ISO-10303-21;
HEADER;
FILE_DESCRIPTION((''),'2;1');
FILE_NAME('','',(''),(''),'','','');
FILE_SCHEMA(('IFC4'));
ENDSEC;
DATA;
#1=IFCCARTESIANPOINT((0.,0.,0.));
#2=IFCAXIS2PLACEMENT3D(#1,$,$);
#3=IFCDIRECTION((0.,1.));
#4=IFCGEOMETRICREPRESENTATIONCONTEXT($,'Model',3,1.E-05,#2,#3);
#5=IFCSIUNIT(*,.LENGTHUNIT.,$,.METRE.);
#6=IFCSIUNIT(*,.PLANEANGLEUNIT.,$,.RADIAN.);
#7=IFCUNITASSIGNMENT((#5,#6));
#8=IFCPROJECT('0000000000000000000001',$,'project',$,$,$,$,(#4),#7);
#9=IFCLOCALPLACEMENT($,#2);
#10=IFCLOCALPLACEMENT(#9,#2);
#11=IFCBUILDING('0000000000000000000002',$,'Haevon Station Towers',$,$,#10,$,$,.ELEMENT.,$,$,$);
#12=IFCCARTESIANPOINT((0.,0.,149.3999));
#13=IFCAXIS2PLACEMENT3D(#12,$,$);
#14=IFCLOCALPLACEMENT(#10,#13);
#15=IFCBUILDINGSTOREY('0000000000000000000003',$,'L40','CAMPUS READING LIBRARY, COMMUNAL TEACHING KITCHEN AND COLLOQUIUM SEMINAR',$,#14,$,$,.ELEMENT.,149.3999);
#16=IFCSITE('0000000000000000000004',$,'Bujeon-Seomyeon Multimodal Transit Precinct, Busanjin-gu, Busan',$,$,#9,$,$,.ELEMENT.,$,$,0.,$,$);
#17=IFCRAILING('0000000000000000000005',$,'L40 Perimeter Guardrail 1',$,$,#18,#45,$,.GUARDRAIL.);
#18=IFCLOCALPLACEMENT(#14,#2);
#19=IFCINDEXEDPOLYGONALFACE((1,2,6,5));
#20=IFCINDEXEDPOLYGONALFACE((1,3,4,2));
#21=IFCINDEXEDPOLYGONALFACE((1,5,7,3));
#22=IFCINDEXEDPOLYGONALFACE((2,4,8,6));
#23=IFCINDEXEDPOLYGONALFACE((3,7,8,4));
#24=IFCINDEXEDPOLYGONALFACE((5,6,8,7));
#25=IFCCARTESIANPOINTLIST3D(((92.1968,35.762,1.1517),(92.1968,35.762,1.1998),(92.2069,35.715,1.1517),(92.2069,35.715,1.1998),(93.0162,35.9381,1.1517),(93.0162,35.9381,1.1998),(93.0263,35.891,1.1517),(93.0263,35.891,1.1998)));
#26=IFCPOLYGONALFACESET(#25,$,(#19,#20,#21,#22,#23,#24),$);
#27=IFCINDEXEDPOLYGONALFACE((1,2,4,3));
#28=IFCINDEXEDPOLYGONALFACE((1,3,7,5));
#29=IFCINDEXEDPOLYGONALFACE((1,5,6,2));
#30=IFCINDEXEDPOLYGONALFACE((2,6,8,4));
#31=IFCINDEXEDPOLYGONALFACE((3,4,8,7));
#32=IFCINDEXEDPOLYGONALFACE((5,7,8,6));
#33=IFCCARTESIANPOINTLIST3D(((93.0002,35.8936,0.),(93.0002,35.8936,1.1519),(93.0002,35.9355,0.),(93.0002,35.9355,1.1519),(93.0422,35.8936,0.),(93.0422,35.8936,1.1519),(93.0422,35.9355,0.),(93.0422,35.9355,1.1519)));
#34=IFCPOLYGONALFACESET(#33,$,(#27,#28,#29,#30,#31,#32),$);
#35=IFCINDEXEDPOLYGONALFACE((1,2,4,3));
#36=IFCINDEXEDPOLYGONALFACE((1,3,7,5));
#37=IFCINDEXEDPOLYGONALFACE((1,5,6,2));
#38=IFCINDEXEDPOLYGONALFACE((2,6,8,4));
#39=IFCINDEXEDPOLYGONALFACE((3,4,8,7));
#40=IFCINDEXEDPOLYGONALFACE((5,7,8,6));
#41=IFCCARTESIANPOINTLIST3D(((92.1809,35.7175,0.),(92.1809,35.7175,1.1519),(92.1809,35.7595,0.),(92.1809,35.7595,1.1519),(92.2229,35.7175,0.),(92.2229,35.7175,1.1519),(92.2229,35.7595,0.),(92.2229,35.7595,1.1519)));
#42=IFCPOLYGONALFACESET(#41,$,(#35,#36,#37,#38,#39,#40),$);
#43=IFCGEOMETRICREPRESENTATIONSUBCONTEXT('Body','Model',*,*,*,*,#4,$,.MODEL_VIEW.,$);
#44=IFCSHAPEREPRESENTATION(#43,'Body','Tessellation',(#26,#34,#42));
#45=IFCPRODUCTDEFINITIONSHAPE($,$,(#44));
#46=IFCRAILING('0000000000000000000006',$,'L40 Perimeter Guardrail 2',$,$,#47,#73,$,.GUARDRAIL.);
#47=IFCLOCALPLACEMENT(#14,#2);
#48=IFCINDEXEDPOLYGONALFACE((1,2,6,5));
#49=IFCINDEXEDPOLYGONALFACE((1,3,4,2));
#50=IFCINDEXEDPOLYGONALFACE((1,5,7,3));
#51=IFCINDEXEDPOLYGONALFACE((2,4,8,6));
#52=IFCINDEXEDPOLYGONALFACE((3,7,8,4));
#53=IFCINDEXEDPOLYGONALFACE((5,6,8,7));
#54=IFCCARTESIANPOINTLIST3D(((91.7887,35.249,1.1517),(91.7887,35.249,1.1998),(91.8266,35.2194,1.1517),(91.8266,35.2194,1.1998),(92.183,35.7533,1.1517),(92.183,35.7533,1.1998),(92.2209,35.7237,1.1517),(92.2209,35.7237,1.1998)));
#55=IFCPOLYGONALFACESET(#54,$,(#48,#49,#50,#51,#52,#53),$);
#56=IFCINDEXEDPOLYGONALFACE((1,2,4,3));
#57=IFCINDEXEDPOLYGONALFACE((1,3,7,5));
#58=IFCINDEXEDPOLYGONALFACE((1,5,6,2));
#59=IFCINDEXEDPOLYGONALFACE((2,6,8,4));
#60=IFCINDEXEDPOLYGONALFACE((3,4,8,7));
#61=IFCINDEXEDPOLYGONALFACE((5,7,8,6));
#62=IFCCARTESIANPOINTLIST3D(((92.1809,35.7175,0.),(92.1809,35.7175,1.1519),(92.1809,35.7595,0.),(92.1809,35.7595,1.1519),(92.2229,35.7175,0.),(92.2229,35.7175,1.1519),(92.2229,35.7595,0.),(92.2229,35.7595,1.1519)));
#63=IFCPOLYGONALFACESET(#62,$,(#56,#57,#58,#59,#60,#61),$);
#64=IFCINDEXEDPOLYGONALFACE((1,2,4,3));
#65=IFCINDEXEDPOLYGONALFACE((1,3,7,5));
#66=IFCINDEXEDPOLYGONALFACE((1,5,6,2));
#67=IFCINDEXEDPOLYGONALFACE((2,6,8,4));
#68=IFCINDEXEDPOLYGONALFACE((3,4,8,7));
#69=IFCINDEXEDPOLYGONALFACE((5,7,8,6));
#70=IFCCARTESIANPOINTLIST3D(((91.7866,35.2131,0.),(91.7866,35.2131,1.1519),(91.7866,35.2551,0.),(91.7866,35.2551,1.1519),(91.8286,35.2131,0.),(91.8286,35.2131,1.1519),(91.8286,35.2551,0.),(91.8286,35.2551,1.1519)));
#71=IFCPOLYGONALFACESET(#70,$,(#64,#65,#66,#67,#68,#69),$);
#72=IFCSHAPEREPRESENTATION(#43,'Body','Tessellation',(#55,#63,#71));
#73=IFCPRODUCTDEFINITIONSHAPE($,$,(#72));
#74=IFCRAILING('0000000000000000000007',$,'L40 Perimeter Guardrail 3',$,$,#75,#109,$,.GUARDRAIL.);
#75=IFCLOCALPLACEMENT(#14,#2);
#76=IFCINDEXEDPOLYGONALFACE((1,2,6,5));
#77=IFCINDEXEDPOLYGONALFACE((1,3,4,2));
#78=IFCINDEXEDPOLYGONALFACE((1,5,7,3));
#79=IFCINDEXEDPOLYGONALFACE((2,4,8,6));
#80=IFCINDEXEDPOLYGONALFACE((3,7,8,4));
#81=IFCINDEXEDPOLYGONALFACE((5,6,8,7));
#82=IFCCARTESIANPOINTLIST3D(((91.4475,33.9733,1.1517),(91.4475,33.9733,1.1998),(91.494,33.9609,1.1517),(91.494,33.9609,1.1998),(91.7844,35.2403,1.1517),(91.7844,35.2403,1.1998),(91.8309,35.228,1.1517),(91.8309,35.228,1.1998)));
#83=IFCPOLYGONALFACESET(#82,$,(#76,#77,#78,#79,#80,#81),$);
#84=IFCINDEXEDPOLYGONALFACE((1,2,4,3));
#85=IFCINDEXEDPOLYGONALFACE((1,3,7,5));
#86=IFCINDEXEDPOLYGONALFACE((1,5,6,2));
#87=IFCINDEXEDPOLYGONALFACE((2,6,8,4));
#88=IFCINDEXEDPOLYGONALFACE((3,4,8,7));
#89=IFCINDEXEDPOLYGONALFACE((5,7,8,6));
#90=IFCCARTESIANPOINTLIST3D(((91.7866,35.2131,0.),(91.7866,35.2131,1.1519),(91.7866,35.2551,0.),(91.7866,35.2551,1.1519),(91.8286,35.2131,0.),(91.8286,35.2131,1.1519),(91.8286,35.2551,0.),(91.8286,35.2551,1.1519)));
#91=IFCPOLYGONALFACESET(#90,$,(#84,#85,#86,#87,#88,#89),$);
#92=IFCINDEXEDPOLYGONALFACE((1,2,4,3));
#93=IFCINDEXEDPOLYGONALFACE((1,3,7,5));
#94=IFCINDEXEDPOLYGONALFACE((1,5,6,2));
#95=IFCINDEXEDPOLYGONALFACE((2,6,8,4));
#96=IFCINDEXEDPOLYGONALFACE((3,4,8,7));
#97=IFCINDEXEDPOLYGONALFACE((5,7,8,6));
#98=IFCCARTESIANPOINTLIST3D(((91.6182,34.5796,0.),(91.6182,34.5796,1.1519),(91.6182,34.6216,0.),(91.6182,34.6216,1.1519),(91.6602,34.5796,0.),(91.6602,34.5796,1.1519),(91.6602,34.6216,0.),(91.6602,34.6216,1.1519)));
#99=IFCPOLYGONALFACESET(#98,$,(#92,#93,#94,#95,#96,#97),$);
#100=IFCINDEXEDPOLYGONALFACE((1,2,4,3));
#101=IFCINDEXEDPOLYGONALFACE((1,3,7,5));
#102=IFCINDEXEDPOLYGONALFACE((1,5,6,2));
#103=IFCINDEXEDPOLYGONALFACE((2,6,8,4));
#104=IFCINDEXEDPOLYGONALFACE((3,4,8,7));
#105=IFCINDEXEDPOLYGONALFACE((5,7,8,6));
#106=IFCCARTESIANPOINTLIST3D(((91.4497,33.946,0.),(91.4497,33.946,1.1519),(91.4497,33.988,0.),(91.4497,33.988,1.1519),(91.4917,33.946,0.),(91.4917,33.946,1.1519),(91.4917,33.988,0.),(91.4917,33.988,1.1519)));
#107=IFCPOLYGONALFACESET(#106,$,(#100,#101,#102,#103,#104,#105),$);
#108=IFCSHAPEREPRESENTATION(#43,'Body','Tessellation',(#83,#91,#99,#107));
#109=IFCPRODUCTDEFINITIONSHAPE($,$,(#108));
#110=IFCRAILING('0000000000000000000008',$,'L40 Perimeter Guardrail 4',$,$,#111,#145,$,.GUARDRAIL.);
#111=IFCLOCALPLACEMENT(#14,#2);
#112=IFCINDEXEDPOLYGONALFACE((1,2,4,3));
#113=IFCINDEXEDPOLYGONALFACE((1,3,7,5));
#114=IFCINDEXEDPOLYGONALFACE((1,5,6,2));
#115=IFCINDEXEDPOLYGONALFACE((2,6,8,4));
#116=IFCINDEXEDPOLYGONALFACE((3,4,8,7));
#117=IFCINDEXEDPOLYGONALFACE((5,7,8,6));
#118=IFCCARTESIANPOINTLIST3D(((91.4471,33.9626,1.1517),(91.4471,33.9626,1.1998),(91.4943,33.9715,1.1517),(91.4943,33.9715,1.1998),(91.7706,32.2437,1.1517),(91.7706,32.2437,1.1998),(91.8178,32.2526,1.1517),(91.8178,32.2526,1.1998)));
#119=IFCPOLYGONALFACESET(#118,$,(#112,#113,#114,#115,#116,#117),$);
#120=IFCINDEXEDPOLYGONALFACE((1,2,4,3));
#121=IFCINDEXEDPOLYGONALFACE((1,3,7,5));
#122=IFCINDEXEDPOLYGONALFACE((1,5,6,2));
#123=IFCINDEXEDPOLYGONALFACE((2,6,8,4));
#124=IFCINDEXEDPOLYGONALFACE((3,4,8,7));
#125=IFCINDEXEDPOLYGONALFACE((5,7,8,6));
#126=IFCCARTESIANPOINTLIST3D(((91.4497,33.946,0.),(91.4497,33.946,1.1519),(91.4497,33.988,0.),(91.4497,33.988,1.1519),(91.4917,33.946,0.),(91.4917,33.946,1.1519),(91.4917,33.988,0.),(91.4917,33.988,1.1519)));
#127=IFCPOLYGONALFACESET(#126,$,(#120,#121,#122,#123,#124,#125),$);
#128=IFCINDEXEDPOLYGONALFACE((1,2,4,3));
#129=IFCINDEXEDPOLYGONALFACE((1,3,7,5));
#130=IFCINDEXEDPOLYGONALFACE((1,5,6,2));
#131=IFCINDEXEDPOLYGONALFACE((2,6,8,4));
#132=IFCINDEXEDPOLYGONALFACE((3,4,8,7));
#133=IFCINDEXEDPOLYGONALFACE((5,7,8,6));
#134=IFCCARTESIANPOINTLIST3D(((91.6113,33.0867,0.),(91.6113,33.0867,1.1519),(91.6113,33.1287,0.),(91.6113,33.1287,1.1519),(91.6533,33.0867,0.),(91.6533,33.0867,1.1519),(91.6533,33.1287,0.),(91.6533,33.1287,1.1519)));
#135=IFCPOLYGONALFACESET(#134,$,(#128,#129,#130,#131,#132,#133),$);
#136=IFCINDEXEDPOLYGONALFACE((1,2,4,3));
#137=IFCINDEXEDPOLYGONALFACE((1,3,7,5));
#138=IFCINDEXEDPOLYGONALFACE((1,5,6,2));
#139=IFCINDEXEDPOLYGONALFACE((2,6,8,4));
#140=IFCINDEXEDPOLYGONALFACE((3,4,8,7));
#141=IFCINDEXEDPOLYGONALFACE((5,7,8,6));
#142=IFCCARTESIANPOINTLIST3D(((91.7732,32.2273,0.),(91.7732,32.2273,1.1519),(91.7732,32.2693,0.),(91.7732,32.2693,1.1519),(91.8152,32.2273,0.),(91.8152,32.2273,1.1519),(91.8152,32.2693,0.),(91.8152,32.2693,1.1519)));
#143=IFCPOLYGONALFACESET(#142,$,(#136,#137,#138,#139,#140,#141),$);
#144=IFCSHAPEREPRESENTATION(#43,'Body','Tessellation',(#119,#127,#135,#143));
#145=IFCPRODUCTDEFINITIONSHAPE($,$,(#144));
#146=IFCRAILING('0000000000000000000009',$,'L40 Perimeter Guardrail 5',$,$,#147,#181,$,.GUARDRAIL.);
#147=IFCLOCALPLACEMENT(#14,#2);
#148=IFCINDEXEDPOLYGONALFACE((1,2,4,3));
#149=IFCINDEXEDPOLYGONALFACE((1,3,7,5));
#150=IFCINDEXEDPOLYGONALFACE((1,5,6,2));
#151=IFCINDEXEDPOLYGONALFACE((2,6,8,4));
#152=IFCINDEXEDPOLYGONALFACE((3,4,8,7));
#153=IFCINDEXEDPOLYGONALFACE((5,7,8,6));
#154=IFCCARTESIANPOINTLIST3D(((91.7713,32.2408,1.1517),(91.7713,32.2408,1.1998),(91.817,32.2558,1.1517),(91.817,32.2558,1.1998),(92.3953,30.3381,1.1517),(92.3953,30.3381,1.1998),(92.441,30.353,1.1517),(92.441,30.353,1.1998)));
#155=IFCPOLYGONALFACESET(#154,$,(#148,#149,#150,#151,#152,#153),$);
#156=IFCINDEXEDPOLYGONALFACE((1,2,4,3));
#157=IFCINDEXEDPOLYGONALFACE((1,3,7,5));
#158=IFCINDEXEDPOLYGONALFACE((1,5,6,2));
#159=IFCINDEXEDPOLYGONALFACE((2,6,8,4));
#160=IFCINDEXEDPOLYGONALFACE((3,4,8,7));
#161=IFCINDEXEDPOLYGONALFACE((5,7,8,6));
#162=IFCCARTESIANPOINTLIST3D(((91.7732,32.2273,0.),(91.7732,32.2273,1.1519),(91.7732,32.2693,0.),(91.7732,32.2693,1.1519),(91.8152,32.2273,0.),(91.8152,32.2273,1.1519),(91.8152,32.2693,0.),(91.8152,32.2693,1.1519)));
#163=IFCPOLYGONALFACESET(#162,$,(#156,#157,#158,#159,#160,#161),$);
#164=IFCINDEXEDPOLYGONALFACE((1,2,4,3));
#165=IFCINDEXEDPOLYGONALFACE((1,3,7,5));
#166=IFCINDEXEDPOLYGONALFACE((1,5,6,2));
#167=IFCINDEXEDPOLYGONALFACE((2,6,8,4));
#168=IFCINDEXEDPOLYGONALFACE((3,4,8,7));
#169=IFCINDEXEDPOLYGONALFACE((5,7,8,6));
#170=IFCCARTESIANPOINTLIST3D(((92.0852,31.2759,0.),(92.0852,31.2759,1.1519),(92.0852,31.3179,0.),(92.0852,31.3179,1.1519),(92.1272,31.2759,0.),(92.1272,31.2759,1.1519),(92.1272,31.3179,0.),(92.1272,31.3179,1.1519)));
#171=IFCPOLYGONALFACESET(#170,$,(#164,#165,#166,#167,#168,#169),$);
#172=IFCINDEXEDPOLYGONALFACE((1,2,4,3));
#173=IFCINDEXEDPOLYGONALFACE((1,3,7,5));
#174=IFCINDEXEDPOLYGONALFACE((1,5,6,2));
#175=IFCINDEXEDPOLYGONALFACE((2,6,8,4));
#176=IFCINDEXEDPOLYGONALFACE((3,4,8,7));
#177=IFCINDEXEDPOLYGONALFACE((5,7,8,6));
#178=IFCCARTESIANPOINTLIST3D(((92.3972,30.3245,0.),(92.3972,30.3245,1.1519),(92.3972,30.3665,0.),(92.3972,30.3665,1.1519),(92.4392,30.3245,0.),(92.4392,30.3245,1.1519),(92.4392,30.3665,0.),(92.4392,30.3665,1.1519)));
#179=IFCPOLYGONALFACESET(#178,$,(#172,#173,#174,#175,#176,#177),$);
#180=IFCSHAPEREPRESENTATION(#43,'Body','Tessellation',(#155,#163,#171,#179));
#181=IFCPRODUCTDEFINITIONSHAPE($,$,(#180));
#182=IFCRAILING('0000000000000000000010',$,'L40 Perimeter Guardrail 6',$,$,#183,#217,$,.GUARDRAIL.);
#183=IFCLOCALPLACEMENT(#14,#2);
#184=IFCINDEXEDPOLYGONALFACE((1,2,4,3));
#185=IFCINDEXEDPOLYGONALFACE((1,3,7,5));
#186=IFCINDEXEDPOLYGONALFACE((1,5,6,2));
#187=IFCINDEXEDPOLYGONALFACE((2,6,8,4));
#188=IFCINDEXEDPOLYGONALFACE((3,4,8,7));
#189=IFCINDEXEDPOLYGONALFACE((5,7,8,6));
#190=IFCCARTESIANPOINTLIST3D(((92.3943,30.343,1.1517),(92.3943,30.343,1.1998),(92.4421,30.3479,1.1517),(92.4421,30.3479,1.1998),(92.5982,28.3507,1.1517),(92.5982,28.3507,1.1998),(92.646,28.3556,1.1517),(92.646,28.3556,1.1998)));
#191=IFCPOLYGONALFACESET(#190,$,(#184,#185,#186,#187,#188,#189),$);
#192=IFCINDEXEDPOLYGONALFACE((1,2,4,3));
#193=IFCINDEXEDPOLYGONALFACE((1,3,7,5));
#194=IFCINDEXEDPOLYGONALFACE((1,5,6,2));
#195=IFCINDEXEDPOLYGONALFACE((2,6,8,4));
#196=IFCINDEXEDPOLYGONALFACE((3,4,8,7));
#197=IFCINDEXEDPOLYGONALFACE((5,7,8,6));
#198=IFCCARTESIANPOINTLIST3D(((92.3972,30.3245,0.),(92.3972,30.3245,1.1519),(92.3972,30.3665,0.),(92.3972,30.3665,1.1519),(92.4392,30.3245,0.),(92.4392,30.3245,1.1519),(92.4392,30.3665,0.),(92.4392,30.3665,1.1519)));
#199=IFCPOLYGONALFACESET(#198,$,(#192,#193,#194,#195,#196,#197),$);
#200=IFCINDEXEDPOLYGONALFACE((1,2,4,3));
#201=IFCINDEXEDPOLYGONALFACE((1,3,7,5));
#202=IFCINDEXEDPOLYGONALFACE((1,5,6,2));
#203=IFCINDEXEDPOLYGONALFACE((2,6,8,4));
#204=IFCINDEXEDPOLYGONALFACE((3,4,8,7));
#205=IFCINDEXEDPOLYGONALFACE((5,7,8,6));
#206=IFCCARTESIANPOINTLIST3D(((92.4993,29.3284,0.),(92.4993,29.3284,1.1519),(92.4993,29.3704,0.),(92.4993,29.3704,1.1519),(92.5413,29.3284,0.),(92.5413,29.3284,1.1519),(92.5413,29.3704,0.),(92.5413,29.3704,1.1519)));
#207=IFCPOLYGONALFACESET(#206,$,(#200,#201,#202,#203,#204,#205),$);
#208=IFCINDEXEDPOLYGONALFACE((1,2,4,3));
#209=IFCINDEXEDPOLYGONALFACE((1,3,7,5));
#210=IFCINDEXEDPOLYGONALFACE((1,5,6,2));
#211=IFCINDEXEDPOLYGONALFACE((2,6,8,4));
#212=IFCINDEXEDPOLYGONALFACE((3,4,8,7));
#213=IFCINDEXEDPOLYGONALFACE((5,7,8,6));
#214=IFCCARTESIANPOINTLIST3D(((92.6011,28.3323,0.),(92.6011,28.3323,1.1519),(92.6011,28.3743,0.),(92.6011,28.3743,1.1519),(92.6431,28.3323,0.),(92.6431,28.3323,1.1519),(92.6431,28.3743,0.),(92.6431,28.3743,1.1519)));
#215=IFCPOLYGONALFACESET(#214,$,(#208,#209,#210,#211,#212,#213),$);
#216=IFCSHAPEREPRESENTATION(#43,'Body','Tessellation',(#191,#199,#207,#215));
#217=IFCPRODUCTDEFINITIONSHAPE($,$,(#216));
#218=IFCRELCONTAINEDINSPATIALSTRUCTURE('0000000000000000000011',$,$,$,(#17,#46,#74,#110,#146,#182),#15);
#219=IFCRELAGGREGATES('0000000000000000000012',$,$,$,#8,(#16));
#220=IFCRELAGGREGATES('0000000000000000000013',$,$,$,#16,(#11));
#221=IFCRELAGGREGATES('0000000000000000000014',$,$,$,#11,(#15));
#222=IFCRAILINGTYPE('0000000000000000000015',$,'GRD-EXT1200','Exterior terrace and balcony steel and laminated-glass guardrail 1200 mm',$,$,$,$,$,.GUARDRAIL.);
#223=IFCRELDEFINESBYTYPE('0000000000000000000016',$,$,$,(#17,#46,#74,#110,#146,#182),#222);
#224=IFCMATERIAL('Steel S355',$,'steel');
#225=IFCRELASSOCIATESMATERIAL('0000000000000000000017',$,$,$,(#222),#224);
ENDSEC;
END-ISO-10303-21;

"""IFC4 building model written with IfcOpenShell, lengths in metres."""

from ifc_helpers import new_model, si_unit, direction, frame, origin, origin_2d, place, context, subcontext, project, spatial, rectangle, extrude, material, type_object, element, save


model = new_model("IFC4")

# Units and contexts
model_context = context("Model", 3, precision=1e-05, world=origin(), true_north=direction((0.0, 1.0)))
body_context = subcontext(model_context, "Body", "Model", "MODEL_VIEW")
ifc_project = project(units=[si_unit("LENGTHUNIT", "METRE"), si_unit("PLANEANGLEUNIT", "RADIAN")], contexts=[model_context])

# Site, building, storey
site_placement = place(None, origin())
site = spatial("IfcSite", under=ifc_project, at=site_placement, Name="Bujeon-Seomyeon Multimodal Transit Precinct, Busanjin-gu, Busan", CompositionType="ELEMENT", RefElevation=0.0)
building_placement = place(site_placement, origin())
building = spatial("IfcBuilding", under=site, at=building_placement, Name="Haevon Station Towers", CompositionType="ELEMENT")
storey_placement = place(building_placement, frame((0.0, 0.0, 149.3999)))
storey = spatial("IfcBuildingStorey", under=building, at=storey_placement, Name="L40", Description="CAMPUS READING LIBRARY, COMMUNAL TEACHING KITCHEN AND COLLOQUIUM SEMINAR", CompositionType="ELEMENT", Elevation=149.3999)

# Shared definitions
ifc_material_1 = material(Name="Steel S355", Category="steel")

# Railings
railing_type = type_object("IfcRailingType", Name="GRD-EXT1200", Description="Exterior terrace and balcony steel and laminated-glass guardrail 1200 mm", PredefinedType="GUARDRAIL", material=ifc_material_1)
railing_1_placement = place(storey_placement, frame((93.0212, 35.9146, 0.0)))
element("IfcRailing", 1, at=railing_1_placement, inside=storey, type_object=railing_type, Name="L40 Perimeter Guardrail 1", PredefinedType="GUARDRAIL", context=body_context, shape_type="SweptSolid", body=[
    extrude(rectangle(XDim=0.0481, YDim=0.0481, at=origin_2d()), frame((0.0, 0.0, 1.1758), z_axis=(-0.977691, -0.210046, 0.0), x_axis=(0.210046, -0.977691, 0.0)), (0.0, 0.0, 1.0), 0.8381),
    extrude(rectangle(XDim=0.042, YDim=0.042, at=origin_2d()), origin(), (0.0, 0.0, 1.0), 1.1519),
    extrude(rectangle(XDim=0.042, YDim=0.042, at=origin_2d()), frame((-0.8193, -0.176, 0.0)), (0.0, 0.0, 1.0), 1.1519),
])
railing_2_placement = place(storey_placement, frame((92.2019, 35.7385, 0.0)))
element("IfcRailing", 2, at=railing_2_placement, inside=storey, type_object=railing_type, Name="L40 Perimeter Guardrail 2", PredefinedType="GUARDRAIL", context=body_context, shape_type="SweptSolid", body=[
    extrude(rectangle(XDim=0.0481, YDim=0.0481, at=origin_2d()), frame((0.0, 0.0, 1.1758), z_axis=(-0.615866, -0.787851, 0.0), x_axis=(0.787851, -0.615866, 0.0)), (0.0, 0.0, 1.0), 0.6401),
    extrude(rectangle(XDim=0.042, YDim=0.042, at=origin_2d()), origin(), (0.0, 0.0, 1.0), 1.1519),
    extrude(rectangle(XDim=0.042, YDim=0.042, at=origin_2d()), frame((-0.3943, -0.5044, 0.0)), (0.0, 0.0, 1.0), 1.1519),
])
railing_3_placement = place(storey_placement, frame((91.8076, 35.2341, 0.0)))
element("IfcRailing", 3, at=railing_3_placement, inside=storey, type_object=railing_type, Name="L40 Perimeter Guardrail 3", PredefinedType="GUARDRAIL", context=body_context, shape_type="SweptSolid", body=[
    extrude(rectangle(XDim=0.0481, YDim=0.0481, at=origin_2d()), frame((0.0, 0.0, 1.1758), z_axis=(-0.256967, -0.96642, 0.0), x_axis=(0.96642, -0.256967, 0.0)), (0.0, 0.0, 1.0), 1.311),
    extrude(rectangle(XDim=0.042, YDim=0.042, at=origin_2d()), origin(), (0.0, 0.0, 1.0), 1.1519),
    extrude(rectangle(XDim=0.042, YDim=0.042, at=origin_2d()), frame((-0.1685, -0.6335, 0.0)), (0.0, 0.0, 1.0), 1.1519),
    extrude(rectangle(XDim=0.042, YDim=0.042, at=origin_2d()), frame((-0.3369, -1.2671, 0.0)), (0.0, 0.0, 1.0), 1.1519),
])
railing_4_placement = place(storey_placement, frame((91.4707, 33.967, 0.0)))
element("IfcRailing", 4, at=railing_4_placement, inside=storey, type_object=railing_type, Name="L40 Perimeter Guardrail 4", PredefinedType="GUARDRAIL", context=body_context, shape_type="SweptSolid", body=[
    extrude(rectangle(XDim=0.0481, YDim=0.0481, at=origin_2d()), frame((0.0, 0.0, 1.1758), z_axis=(0.184963, -0.982746, 0.0), x_axis=(0.982746, 0.184963, 0.0)), (0.0, 0.0, 1.0), 1.749),
    extrude(rectangle(XDim=0.042, YDim=0.042, at=origin_2d()), origin(), (0.0, 0.0, 1.0), 1.1519),
    extrude(rectangle(XDim=0.042, YDim=0.042, at=origin_2d()), frame((0.1616, -0.8594, 0.0)), (0.0, 0.0, 1.0), 1.1519),
    extrude(rectangle(XDim=0.042, YDim=0.042, at=origin_2d()), frame((0.3235, -1.7188, 0.0)), (0.0, 0.0, 1.0), 1.1519),
])
railing_5_placement = place(storey_placement, frame((91.7942, 32.2483, 0.0)))
element("IfcRailing", 5, at=railing_5_placement, inside=storey, type_object=railing_type, Name="L40 Perimeter Guardrail 5", PredefinedType="GUARDRAIL", context=body_context, shape_type="SweptSolid", body=[
    extrude(rectangle(XDim=0.0481, YDim=0.0481, at=origin_2d()), frame((0.0, 0.0, 1.1758), z_axis=(0.311616, -0.950208, 0.0), x_axis=(0.950208, 0.311616, 0.0)), (0.0, 0.0, 1.0), 2.0024),
    extrude(rectangle(XDim=0.042, YDim=0.042, at=origin_2d()), origin(), (0.0, 0.0, 1.0), 1.1519),
    extrude(rectangle(XDim=0.042, YDim=0.042, at=origin_2d()), frame((0.312, -0.9514, 0.0)), (0.0, 0.0, 1.0), 1.1519),
    extrude(rectangle(XDim=0.042, YDim=0.042, at=origin_2d()), frame((0.624, -1.9028, 0.0)), (0.0, 0.0, 1.0), 1.1519),
])
railing_6_placement = place(storey_placement, frame((92.4182, 30.3455, 0.0)))
element("IfcRailing", 6, at=railing_6_placement, inside=storey, type_object=railing_type, Name="L40 Perimeter Guardrail 6", PredefinedType="GUARDRAIL", context=body_context, shape_type="SweptSolid", body=[
    extrude(rectangle(XDim=0.0481, YDim=0.0481, at=origin_2d()), frame((0.0, 0.0, 1.1758), z_axis=(0.101797, -0.994805, 0.0), x_axis=(0.994805, 0.101797, 0.0)), (0.0, 0.0, 1.0), 2.0027),
    extrude(rectangle(XDim=0.042, YDim=0.042, at=origin_2d()), origin(), (0.0, 0.0, 1.0), 1.1519),
    extrude(rectangle(XDim=0.042, YDim=0.042, at=origin_2d()), frame((0.1021, -0.9961, 0.0)), (0.0, 0.0, 1.0), 1.1519),
    extrude(rectangle(XDim=0.042, YDim=0.042, at=origin_2d()), frame((0.2039, -1.9922, 0.0)), (0.0, 0.0, 1.0), 1.1519),
])

save(model, "model.ifc")
